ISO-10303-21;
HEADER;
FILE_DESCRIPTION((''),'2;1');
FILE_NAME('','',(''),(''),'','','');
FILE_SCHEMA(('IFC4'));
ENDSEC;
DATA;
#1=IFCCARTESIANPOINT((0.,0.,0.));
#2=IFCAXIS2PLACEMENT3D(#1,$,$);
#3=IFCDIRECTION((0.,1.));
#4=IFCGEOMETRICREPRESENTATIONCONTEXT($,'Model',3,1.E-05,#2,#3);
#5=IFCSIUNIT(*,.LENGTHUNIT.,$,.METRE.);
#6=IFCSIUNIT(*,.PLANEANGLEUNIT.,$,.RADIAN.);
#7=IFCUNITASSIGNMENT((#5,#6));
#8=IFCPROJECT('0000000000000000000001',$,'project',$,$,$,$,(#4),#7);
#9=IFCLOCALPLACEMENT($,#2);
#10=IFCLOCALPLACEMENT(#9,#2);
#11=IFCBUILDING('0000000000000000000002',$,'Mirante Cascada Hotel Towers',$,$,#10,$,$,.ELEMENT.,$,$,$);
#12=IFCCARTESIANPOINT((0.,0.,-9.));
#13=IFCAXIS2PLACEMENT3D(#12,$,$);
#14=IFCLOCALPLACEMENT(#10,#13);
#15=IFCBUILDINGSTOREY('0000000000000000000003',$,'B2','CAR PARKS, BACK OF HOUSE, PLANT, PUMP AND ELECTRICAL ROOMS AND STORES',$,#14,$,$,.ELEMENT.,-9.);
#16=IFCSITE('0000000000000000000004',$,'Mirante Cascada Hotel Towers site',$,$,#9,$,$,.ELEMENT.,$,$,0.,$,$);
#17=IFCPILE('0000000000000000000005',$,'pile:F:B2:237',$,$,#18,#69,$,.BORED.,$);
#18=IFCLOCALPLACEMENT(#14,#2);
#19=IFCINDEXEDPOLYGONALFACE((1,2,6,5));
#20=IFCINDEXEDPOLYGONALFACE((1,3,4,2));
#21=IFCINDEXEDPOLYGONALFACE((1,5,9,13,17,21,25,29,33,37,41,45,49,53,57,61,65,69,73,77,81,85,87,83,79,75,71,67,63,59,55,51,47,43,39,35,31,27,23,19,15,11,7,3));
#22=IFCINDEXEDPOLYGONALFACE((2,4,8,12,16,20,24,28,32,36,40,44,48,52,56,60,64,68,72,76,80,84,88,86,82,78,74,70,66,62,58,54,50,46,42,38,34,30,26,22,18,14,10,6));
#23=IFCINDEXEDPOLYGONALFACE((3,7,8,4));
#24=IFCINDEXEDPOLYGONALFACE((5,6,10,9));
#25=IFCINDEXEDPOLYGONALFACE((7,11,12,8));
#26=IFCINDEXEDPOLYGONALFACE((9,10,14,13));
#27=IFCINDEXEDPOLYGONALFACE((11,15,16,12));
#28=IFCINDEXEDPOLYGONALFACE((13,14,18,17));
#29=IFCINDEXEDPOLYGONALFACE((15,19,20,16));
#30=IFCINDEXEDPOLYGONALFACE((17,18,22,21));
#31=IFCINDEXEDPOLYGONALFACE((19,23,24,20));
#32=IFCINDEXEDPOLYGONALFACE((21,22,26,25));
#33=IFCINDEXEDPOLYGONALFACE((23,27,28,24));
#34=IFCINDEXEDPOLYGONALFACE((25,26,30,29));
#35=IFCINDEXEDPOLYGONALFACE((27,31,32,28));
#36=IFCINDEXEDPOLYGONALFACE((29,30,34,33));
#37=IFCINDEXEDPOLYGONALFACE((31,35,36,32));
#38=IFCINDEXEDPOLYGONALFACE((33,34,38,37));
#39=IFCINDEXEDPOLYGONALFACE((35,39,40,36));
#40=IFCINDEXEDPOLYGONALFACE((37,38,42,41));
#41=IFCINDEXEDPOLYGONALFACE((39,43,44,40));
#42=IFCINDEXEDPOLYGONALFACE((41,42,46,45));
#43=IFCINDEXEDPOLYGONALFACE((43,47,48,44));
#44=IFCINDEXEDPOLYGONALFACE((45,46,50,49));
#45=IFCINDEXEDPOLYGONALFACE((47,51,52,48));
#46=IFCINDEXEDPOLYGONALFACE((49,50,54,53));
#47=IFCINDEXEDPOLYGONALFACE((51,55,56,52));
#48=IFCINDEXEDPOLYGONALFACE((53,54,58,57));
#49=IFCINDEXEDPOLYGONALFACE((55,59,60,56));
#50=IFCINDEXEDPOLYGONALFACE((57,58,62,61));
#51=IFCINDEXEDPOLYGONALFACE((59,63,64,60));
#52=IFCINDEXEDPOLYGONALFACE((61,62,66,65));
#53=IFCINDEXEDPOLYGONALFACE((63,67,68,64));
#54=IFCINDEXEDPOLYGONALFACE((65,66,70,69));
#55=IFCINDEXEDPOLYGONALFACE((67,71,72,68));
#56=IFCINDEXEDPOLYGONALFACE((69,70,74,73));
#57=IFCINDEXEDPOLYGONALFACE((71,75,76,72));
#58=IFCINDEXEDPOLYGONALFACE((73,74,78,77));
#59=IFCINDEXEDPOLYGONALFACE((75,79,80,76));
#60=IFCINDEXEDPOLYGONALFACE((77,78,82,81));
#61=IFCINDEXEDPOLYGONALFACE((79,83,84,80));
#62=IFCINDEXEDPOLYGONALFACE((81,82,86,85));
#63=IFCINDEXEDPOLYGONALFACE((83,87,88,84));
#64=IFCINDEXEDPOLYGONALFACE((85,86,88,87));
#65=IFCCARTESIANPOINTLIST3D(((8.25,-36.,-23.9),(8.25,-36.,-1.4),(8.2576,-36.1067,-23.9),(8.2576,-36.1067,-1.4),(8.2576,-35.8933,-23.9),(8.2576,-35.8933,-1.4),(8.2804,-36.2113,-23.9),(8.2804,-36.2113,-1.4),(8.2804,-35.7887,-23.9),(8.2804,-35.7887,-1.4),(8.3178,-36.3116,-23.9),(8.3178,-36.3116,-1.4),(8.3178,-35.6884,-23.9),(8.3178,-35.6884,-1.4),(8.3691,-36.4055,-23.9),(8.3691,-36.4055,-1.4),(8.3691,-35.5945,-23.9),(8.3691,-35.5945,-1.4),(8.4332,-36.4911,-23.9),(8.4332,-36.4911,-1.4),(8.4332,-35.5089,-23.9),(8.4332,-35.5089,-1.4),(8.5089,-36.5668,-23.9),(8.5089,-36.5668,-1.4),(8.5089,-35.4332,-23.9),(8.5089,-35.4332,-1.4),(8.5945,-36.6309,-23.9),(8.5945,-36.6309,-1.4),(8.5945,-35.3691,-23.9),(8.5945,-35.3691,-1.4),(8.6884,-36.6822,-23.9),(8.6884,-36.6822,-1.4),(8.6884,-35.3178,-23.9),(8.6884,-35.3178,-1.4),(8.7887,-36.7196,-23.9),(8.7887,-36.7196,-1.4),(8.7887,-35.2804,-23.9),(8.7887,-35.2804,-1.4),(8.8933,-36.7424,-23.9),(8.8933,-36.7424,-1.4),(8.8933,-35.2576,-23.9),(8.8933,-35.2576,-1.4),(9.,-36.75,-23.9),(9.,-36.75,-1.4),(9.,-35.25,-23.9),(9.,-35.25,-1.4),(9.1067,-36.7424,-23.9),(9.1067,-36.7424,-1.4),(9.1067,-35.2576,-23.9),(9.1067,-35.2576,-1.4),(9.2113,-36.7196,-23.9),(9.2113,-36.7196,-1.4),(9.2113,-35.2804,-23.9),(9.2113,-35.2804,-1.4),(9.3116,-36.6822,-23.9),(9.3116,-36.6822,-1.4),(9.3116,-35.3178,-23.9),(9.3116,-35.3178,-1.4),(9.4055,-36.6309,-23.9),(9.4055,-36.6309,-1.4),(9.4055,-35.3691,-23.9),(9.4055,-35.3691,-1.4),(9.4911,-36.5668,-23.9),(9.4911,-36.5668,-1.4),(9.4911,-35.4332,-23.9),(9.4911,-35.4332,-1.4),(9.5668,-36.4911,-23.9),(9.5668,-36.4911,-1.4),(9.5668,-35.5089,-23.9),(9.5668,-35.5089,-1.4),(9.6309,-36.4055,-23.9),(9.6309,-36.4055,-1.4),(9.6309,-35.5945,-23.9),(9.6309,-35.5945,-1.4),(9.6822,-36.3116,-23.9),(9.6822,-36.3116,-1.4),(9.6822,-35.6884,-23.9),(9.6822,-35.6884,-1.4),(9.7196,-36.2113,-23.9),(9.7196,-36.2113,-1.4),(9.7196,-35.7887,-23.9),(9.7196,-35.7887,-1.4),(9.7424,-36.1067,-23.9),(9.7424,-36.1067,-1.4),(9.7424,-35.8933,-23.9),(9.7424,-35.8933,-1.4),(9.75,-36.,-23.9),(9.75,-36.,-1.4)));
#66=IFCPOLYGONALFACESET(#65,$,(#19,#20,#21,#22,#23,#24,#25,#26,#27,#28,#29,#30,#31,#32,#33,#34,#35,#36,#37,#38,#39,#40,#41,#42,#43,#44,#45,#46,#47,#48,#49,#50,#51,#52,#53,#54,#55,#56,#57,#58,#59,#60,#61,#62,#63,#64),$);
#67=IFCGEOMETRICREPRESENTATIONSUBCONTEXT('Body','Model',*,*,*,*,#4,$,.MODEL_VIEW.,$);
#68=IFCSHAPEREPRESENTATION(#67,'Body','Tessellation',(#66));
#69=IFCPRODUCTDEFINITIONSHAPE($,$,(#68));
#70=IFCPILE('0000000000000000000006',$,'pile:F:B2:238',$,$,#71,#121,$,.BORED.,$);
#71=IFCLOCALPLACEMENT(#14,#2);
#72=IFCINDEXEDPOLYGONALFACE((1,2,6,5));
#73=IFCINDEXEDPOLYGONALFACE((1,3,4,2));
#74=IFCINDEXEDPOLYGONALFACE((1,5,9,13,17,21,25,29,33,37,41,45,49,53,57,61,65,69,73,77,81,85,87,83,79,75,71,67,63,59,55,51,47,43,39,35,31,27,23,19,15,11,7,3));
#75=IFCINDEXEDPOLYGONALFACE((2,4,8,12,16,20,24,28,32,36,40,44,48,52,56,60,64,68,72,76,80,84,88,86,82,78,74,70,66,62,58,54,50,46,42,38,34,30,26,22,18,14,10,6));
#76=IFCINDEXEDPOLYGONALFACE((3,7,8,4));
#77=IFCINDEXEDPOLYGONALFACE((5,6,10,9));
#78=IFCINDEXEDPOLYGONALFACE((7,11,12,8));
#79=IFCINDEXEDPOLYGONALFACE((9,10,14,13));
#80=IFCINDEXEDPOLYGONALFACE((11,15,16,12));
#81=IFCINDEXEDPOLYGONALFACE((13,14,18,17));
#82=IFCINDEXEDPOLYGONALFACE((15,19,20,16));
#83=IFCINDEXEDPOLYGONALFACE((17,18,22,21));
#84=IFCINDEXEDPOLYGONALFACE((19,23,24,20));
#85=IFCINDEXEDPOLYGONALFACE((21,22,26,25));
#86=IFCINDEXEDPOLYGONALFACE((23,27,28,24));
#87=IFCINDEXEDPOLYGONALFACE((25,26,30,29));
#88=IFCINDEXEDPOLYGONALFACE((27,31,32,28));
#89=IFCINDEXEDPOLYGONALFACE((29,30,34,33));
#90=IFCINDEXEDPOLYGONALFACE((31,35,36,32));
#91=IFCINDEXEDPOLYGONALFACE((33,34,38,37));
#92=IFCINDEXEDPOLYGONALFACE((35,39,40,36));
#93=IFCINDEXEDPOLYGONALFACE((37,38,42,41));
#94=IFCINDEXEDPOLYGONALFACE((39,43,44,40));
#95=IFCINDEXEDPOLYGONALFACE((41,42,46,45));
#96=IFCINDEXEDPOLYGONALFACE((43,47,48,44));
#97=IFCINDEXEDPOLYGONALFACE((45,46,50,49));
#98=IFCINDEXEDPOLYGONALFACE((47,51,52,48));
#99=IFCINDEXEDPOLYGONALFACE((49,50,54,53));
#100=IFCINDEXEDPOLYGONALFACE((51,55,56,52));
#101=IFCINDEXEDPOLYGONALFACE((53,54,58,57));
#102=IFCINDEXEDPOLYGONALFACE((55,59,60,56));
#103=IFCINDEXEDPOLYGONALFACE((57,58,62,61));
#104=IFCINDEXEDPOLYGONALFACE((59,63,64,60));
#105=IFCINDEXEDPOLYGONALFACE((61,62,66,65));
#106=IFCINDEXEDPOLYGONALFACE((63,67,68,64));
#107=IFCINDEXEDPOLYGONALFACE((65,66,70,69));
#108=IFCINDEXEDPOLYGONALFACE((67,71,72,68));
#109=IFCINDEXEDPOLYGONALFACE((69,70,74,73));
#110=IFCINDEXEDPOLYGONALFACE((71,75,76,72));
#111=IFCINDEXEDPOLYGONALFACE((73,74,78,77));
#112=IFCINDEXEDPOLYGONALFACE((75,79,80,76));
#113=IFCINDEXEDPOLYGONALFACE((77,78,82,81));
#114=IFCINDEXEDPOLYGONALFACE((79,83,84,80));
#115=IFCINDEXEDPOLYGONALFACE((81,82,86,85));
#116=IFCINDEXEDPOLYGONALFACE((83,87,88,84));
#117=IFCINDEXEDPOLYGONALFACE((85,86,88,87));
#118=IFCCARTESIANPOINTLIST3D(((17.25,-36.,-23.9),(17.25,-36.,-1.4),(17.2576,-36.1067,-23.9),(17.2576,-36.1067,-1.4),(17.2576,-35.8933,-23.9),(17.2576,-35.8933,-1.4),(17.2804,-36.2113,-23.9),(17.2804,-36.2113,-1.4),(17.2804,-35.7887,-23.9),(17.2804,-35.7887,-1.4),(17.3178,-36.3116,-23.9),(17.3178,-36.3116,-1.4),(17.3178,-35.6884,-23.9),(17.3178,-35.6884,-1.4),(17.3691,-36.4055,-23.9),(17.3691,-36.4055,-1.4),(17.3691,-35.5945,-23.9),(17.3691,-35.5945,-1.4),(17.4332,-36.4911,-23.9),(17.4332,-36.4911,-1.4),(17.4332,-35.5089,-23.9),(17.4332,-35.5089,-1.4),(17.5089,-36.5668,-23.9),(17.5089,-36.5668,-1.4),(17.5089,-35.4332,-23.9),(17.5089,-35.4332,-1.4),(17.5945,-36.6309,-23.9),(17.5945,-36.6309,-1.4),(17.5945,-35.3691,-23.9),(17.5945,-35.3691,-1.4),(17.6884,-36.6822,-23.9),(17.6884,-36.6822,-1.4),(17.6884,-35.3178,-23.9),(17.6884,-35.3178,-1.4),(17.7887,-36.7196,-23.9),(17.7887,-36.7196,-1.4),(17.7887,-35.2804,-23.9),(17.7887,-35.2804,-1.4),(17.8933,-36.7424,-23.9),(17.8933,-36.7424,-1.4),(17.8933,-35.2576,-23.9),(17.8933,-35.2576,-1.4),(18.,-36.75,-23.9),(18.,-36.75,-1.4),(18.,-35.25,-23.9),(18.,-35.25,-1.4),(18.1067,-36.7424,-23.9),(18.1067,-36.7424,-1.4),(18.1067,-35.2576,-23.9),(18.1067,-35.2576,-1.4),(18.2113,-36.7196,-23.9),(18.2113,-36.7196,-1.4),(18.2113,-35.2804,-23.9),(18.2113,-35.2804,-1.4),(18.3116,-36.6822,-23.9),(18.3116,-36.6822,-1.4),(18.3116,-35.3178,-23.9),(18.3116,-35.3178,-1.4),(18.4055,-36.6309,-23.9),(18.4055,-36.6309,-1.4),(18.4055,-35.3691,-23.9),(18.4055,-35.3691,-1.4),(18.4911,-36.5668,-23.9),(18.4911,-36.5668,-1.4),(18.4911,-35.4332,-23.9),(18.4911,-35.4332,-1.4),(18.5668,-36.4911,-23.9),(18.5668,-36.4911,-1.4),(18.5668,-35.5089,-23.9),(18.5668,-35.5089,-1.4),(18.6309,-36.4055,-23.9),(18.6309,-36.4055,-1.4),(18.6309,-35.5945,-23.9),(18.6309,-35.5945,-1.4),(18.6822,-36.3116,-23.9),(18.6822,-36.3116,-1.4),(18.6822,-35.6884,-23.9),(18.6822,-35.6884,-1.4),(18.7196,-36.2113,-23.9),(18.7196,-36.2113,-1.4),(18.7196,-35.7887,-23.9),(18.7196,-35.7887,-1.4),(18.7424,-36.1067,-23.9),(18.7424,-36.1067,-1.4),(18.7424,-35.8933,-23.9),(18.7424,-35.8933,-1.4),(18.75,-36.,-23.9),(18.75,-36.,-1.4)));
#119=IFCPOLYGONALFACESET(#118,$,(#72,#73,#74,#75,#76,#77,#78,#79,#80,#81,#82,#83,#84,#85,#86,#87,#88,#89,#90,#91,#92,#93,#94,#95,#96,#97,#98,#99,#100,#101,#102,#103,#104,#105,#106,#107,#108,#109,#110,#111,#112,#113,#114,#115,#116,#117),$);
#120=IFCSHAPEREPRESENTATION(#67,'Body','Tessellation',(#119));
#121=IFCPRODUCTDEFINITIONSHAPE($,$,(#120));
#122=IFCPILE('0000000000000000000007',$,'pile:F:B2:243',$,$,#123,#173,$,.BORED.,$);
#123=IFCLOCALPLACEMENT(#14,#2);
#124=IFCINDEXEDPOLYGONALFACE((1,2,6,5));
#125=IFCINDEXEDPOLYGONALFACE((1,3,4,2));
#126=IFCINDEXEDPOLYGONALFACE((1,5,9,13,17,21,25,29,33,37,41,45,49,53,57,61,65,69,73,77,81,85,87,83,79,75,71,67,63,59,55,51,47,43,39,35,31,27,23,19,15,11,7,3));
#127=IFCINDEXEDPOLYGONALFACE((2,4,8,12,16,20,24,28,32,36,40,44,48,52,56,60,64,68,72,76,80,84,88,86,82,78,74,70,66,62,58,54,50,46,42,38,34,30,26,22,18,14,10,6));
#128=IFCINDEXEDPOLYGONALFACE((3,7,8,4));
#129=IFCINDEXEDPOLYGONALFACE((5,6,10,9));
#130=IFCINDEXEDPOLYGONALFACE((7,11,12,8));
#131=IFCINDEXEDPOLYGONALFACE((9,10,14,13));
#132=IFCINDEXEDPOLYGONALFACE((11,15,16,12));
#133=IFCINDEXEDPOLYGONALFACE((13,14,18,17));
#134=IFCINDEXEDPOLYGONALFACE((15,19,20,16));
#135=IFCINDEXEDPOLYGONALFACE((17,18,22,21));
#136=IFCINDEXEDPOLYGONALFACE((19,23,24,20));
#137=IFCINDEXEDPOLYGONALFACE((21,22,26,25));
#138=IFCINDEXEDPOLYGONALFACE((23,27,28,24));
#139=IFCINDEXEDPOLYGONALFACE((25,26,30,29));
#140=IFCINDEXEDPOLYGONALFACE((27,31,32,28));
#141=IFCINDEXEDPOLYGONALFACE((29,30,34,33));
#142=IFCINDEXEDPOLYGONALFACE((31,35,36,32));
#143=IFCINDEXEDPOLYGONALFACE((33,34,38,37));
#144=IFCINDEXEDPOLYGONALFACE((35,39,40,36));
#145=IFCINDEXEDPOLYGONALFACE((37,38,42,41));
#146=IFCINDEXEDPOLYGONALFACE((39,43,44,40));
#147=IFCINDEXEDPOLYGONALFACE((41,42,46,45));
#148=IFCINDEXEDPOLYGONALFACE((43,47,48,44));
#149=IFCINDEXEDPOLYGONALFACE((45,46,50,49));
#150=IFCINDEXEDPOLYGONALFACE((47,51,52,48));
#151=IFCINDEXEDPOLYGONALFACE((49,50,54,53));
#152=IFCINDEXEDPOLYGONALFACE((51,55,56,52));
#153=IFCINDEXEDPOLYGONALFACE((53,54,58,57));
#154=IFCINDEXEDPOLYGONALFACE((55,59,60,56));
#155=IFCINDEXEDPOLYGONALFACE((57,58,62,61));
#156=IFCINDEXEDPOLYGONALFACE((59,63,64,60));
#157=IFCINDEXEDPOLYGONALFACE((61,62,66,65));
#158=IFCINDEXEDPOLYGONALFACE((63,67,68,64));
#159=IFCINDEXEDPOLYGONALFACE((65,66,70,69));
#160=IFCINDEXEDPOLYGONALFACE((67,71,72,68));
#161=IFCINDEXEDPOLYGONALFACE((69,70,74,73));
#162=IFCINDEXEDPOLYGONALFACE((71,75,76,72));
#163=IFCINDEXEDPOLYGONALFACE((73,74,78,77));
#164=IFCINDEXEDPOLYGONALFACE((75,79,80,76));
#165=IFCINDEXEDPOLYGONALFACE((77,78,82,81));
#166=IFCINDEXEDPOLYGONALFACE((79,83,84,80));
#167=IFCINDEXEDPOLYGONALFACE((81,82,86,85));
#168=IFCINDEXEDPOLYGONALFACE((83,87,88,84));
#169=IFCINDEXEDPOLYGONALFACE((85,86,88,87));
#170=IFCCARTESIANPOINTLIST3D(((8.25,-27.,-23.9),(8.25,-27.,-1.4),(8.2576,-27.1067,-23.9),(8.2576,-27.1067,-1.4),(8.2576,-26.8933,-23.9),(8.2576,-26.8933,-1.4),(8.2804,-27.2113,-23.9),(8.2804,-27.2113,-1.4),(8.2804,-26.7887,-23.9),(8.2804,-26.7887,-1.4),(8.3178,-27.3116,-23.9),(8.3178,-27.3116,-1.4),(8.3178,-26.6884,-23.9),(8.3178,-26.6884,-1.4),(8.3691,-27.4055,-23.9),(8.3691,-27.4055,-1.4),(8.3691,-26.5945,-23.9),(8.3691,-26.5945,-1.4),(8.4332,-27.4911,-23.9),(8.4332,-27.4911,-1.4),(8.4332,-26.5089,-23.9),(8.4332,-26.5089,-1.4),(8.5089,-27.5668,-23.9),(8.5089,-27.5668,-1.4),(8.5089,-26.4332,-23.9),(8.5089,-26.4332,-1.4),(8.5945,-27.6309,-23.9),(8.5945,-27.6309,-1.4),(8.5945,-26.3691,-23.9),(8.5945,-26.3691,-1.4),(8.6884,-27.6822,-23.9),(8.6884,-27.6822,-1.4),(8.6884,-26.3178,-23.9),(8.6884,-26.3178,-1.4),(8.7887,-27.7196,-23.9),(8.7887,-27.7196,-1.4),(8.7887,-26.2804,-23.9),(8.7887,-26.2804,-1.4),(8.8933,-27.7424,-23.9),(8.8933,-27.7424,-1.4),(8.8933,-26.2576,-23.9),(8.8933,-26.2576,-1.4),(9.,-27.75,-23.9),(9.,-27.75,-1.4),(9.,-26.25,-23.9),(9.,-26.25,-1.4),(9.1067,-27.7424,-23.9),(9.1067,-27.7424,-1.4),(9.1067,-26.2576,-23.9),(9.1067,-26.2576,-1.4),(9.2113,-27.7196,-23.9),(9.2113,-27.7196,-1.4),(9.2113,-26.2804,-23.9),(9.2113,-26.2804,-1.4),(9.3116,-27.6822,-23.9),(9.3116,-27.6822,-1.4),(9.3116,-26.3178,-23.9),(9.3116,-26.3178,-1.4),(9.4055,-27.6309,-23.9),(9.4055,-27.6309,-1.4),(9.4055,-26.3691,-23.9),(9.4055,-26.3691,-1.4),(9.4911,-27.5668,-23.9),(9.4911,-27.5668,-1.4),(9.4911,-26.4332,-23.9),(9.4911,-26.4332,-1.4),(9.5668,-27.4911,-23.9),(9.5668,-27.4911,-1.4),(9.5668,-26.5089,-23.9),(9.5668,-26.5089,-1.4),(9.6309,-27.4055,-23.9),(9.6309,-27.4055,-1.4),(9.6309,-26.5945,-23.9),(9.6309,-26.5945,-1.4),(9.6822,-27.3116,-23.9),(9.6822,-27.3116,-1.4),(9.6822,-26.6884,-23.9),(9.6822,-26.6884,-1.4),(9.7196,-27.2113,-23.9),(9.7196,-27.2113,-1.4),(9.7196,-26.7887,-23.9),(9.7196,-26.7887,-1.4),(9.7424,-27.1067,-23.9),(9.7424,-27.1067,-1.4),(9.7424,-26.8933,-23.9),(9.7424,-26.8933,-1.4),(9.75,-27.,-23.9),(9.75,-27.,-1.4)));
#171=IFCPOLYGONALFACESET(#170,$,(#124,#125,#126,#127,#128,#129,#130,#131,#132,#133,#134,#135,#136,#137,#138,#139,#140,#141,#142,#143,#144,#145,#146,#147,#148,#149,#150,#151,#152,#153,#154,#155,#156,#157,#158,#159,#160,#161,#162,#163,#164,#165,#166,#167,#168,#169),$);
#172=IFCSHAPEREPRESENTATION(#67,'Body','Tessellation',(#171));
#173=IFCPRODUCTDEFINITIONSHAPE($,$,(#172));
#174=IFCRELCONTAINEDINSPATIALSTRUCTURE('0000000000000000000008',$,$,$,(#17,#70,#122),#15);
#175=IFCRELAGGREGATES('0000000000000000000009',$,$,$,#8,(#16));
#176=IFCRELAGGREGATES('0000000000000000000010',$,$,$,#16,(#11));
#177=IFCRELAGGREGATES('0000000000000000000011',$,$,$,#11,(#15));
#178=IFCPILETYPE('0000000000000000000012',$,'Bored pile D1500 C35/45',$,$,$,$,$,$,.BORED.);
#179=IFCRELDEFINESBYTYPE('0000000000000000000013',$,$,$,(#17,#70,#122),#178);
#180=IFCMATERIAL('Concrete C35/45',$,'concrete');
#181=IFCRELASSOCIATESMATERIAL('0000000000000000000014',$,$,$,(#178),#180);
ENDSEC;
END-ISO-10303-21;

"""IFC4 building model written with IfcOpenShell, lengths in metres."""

from ifc_helpers import new_model, si_unit, direction, frame, origin, origin_2d, place, context, subcontext, project, spatial, circle, extrude, material, material_profile, profile_set, type_object, element, save


model = new_model("IFC4")

# Units and contexts
model_context = context("Model", 3, precision=1e-05, world=origin(), true_north=direction((0.0, 1.0)))
body_context = subcontext(model_context, "Body", "Model", "MODEL_VIEW")
ifc_project = project(units=[si_unit("LENGTHUNIT", "METRE"), si_unit("PLANEANGLEUNIT", "RADIAN")], contexts=[model_context])

# Site, building, storey
site_placement = place(None, origin())
site = spatial("IfcSite", under=ifc_project, at=site_placement, Name="Mirante Cascada Hotel Towers site", CompositionType="ELEMENT", RefElevation=0.0)
building_placement = place(site_placement, origin())
building = spatial("IfcBuilding", under=site, at=building_placement, Name="Mirante Cascada Hotel Towers", CompositionType="ELEMENT")
storey_placement = place(building_placement, frame((0.0, 0.0, -9.0)))
storey = spatial("IfcBuildingStorey", under=building, at=storey_placement, Name="B2", Description="CAR PARKS, BACK OF HOUSE, PLANT, PUMP AND ELECTRICAL ROOMS AND STORES", CompositionType="ELEMENT", Elevation=-9.0)

# Piles
ifc_material_1 = material(Name="Concrete C35/45", Category="concrete")
ifc_material_profile_1 = material_profile(ifc_material_1, circle(Radius=0.75, at=origin_2d()), Name="RC D1500")
ifc_profile_set_1 = profile_set([ifc_material_profile_1], Name="Concrete C35/45")
pile_type = type_object("IfcPileType", Name="Bored pile D1500 C35/45", PredefinedType="BORED", material=ifc_profile_set_1)
for number, where, z_axis, x_axis, name in (
    (1, (9.0, -36.0, -1.4), (0.0, 0.0, -1.0), (1.0, 0.0, 0.0), "pile:F:B2:237"),
    (2, (18.0, -36.0, -1.4), (0.0, 0.0, -1.0), (1.0, 0.0, 0.0), "pile:F:B2:238"),
    (3, (9.0, -27.0, -1.4), (0.0, 0.0, -1.0), (1.0, 0.0, 0.0), "pile:F:B2:243"),
):
    element("IfcPile", number, at=place(storey_placement, frame(where, z_axis=z_axis, x_axis=x_axis)), inside=storey, type_object=pile_type, Name=name, PredefinedType="BORED", context=body_context, shape_type="SweptSolid", body=[
        extrude(circle(Radius=0.75, at=origin_2d()), origin(), (0.0, 0.0, 1.0), 22.5),
    ])

save(model, "model.ifc")
